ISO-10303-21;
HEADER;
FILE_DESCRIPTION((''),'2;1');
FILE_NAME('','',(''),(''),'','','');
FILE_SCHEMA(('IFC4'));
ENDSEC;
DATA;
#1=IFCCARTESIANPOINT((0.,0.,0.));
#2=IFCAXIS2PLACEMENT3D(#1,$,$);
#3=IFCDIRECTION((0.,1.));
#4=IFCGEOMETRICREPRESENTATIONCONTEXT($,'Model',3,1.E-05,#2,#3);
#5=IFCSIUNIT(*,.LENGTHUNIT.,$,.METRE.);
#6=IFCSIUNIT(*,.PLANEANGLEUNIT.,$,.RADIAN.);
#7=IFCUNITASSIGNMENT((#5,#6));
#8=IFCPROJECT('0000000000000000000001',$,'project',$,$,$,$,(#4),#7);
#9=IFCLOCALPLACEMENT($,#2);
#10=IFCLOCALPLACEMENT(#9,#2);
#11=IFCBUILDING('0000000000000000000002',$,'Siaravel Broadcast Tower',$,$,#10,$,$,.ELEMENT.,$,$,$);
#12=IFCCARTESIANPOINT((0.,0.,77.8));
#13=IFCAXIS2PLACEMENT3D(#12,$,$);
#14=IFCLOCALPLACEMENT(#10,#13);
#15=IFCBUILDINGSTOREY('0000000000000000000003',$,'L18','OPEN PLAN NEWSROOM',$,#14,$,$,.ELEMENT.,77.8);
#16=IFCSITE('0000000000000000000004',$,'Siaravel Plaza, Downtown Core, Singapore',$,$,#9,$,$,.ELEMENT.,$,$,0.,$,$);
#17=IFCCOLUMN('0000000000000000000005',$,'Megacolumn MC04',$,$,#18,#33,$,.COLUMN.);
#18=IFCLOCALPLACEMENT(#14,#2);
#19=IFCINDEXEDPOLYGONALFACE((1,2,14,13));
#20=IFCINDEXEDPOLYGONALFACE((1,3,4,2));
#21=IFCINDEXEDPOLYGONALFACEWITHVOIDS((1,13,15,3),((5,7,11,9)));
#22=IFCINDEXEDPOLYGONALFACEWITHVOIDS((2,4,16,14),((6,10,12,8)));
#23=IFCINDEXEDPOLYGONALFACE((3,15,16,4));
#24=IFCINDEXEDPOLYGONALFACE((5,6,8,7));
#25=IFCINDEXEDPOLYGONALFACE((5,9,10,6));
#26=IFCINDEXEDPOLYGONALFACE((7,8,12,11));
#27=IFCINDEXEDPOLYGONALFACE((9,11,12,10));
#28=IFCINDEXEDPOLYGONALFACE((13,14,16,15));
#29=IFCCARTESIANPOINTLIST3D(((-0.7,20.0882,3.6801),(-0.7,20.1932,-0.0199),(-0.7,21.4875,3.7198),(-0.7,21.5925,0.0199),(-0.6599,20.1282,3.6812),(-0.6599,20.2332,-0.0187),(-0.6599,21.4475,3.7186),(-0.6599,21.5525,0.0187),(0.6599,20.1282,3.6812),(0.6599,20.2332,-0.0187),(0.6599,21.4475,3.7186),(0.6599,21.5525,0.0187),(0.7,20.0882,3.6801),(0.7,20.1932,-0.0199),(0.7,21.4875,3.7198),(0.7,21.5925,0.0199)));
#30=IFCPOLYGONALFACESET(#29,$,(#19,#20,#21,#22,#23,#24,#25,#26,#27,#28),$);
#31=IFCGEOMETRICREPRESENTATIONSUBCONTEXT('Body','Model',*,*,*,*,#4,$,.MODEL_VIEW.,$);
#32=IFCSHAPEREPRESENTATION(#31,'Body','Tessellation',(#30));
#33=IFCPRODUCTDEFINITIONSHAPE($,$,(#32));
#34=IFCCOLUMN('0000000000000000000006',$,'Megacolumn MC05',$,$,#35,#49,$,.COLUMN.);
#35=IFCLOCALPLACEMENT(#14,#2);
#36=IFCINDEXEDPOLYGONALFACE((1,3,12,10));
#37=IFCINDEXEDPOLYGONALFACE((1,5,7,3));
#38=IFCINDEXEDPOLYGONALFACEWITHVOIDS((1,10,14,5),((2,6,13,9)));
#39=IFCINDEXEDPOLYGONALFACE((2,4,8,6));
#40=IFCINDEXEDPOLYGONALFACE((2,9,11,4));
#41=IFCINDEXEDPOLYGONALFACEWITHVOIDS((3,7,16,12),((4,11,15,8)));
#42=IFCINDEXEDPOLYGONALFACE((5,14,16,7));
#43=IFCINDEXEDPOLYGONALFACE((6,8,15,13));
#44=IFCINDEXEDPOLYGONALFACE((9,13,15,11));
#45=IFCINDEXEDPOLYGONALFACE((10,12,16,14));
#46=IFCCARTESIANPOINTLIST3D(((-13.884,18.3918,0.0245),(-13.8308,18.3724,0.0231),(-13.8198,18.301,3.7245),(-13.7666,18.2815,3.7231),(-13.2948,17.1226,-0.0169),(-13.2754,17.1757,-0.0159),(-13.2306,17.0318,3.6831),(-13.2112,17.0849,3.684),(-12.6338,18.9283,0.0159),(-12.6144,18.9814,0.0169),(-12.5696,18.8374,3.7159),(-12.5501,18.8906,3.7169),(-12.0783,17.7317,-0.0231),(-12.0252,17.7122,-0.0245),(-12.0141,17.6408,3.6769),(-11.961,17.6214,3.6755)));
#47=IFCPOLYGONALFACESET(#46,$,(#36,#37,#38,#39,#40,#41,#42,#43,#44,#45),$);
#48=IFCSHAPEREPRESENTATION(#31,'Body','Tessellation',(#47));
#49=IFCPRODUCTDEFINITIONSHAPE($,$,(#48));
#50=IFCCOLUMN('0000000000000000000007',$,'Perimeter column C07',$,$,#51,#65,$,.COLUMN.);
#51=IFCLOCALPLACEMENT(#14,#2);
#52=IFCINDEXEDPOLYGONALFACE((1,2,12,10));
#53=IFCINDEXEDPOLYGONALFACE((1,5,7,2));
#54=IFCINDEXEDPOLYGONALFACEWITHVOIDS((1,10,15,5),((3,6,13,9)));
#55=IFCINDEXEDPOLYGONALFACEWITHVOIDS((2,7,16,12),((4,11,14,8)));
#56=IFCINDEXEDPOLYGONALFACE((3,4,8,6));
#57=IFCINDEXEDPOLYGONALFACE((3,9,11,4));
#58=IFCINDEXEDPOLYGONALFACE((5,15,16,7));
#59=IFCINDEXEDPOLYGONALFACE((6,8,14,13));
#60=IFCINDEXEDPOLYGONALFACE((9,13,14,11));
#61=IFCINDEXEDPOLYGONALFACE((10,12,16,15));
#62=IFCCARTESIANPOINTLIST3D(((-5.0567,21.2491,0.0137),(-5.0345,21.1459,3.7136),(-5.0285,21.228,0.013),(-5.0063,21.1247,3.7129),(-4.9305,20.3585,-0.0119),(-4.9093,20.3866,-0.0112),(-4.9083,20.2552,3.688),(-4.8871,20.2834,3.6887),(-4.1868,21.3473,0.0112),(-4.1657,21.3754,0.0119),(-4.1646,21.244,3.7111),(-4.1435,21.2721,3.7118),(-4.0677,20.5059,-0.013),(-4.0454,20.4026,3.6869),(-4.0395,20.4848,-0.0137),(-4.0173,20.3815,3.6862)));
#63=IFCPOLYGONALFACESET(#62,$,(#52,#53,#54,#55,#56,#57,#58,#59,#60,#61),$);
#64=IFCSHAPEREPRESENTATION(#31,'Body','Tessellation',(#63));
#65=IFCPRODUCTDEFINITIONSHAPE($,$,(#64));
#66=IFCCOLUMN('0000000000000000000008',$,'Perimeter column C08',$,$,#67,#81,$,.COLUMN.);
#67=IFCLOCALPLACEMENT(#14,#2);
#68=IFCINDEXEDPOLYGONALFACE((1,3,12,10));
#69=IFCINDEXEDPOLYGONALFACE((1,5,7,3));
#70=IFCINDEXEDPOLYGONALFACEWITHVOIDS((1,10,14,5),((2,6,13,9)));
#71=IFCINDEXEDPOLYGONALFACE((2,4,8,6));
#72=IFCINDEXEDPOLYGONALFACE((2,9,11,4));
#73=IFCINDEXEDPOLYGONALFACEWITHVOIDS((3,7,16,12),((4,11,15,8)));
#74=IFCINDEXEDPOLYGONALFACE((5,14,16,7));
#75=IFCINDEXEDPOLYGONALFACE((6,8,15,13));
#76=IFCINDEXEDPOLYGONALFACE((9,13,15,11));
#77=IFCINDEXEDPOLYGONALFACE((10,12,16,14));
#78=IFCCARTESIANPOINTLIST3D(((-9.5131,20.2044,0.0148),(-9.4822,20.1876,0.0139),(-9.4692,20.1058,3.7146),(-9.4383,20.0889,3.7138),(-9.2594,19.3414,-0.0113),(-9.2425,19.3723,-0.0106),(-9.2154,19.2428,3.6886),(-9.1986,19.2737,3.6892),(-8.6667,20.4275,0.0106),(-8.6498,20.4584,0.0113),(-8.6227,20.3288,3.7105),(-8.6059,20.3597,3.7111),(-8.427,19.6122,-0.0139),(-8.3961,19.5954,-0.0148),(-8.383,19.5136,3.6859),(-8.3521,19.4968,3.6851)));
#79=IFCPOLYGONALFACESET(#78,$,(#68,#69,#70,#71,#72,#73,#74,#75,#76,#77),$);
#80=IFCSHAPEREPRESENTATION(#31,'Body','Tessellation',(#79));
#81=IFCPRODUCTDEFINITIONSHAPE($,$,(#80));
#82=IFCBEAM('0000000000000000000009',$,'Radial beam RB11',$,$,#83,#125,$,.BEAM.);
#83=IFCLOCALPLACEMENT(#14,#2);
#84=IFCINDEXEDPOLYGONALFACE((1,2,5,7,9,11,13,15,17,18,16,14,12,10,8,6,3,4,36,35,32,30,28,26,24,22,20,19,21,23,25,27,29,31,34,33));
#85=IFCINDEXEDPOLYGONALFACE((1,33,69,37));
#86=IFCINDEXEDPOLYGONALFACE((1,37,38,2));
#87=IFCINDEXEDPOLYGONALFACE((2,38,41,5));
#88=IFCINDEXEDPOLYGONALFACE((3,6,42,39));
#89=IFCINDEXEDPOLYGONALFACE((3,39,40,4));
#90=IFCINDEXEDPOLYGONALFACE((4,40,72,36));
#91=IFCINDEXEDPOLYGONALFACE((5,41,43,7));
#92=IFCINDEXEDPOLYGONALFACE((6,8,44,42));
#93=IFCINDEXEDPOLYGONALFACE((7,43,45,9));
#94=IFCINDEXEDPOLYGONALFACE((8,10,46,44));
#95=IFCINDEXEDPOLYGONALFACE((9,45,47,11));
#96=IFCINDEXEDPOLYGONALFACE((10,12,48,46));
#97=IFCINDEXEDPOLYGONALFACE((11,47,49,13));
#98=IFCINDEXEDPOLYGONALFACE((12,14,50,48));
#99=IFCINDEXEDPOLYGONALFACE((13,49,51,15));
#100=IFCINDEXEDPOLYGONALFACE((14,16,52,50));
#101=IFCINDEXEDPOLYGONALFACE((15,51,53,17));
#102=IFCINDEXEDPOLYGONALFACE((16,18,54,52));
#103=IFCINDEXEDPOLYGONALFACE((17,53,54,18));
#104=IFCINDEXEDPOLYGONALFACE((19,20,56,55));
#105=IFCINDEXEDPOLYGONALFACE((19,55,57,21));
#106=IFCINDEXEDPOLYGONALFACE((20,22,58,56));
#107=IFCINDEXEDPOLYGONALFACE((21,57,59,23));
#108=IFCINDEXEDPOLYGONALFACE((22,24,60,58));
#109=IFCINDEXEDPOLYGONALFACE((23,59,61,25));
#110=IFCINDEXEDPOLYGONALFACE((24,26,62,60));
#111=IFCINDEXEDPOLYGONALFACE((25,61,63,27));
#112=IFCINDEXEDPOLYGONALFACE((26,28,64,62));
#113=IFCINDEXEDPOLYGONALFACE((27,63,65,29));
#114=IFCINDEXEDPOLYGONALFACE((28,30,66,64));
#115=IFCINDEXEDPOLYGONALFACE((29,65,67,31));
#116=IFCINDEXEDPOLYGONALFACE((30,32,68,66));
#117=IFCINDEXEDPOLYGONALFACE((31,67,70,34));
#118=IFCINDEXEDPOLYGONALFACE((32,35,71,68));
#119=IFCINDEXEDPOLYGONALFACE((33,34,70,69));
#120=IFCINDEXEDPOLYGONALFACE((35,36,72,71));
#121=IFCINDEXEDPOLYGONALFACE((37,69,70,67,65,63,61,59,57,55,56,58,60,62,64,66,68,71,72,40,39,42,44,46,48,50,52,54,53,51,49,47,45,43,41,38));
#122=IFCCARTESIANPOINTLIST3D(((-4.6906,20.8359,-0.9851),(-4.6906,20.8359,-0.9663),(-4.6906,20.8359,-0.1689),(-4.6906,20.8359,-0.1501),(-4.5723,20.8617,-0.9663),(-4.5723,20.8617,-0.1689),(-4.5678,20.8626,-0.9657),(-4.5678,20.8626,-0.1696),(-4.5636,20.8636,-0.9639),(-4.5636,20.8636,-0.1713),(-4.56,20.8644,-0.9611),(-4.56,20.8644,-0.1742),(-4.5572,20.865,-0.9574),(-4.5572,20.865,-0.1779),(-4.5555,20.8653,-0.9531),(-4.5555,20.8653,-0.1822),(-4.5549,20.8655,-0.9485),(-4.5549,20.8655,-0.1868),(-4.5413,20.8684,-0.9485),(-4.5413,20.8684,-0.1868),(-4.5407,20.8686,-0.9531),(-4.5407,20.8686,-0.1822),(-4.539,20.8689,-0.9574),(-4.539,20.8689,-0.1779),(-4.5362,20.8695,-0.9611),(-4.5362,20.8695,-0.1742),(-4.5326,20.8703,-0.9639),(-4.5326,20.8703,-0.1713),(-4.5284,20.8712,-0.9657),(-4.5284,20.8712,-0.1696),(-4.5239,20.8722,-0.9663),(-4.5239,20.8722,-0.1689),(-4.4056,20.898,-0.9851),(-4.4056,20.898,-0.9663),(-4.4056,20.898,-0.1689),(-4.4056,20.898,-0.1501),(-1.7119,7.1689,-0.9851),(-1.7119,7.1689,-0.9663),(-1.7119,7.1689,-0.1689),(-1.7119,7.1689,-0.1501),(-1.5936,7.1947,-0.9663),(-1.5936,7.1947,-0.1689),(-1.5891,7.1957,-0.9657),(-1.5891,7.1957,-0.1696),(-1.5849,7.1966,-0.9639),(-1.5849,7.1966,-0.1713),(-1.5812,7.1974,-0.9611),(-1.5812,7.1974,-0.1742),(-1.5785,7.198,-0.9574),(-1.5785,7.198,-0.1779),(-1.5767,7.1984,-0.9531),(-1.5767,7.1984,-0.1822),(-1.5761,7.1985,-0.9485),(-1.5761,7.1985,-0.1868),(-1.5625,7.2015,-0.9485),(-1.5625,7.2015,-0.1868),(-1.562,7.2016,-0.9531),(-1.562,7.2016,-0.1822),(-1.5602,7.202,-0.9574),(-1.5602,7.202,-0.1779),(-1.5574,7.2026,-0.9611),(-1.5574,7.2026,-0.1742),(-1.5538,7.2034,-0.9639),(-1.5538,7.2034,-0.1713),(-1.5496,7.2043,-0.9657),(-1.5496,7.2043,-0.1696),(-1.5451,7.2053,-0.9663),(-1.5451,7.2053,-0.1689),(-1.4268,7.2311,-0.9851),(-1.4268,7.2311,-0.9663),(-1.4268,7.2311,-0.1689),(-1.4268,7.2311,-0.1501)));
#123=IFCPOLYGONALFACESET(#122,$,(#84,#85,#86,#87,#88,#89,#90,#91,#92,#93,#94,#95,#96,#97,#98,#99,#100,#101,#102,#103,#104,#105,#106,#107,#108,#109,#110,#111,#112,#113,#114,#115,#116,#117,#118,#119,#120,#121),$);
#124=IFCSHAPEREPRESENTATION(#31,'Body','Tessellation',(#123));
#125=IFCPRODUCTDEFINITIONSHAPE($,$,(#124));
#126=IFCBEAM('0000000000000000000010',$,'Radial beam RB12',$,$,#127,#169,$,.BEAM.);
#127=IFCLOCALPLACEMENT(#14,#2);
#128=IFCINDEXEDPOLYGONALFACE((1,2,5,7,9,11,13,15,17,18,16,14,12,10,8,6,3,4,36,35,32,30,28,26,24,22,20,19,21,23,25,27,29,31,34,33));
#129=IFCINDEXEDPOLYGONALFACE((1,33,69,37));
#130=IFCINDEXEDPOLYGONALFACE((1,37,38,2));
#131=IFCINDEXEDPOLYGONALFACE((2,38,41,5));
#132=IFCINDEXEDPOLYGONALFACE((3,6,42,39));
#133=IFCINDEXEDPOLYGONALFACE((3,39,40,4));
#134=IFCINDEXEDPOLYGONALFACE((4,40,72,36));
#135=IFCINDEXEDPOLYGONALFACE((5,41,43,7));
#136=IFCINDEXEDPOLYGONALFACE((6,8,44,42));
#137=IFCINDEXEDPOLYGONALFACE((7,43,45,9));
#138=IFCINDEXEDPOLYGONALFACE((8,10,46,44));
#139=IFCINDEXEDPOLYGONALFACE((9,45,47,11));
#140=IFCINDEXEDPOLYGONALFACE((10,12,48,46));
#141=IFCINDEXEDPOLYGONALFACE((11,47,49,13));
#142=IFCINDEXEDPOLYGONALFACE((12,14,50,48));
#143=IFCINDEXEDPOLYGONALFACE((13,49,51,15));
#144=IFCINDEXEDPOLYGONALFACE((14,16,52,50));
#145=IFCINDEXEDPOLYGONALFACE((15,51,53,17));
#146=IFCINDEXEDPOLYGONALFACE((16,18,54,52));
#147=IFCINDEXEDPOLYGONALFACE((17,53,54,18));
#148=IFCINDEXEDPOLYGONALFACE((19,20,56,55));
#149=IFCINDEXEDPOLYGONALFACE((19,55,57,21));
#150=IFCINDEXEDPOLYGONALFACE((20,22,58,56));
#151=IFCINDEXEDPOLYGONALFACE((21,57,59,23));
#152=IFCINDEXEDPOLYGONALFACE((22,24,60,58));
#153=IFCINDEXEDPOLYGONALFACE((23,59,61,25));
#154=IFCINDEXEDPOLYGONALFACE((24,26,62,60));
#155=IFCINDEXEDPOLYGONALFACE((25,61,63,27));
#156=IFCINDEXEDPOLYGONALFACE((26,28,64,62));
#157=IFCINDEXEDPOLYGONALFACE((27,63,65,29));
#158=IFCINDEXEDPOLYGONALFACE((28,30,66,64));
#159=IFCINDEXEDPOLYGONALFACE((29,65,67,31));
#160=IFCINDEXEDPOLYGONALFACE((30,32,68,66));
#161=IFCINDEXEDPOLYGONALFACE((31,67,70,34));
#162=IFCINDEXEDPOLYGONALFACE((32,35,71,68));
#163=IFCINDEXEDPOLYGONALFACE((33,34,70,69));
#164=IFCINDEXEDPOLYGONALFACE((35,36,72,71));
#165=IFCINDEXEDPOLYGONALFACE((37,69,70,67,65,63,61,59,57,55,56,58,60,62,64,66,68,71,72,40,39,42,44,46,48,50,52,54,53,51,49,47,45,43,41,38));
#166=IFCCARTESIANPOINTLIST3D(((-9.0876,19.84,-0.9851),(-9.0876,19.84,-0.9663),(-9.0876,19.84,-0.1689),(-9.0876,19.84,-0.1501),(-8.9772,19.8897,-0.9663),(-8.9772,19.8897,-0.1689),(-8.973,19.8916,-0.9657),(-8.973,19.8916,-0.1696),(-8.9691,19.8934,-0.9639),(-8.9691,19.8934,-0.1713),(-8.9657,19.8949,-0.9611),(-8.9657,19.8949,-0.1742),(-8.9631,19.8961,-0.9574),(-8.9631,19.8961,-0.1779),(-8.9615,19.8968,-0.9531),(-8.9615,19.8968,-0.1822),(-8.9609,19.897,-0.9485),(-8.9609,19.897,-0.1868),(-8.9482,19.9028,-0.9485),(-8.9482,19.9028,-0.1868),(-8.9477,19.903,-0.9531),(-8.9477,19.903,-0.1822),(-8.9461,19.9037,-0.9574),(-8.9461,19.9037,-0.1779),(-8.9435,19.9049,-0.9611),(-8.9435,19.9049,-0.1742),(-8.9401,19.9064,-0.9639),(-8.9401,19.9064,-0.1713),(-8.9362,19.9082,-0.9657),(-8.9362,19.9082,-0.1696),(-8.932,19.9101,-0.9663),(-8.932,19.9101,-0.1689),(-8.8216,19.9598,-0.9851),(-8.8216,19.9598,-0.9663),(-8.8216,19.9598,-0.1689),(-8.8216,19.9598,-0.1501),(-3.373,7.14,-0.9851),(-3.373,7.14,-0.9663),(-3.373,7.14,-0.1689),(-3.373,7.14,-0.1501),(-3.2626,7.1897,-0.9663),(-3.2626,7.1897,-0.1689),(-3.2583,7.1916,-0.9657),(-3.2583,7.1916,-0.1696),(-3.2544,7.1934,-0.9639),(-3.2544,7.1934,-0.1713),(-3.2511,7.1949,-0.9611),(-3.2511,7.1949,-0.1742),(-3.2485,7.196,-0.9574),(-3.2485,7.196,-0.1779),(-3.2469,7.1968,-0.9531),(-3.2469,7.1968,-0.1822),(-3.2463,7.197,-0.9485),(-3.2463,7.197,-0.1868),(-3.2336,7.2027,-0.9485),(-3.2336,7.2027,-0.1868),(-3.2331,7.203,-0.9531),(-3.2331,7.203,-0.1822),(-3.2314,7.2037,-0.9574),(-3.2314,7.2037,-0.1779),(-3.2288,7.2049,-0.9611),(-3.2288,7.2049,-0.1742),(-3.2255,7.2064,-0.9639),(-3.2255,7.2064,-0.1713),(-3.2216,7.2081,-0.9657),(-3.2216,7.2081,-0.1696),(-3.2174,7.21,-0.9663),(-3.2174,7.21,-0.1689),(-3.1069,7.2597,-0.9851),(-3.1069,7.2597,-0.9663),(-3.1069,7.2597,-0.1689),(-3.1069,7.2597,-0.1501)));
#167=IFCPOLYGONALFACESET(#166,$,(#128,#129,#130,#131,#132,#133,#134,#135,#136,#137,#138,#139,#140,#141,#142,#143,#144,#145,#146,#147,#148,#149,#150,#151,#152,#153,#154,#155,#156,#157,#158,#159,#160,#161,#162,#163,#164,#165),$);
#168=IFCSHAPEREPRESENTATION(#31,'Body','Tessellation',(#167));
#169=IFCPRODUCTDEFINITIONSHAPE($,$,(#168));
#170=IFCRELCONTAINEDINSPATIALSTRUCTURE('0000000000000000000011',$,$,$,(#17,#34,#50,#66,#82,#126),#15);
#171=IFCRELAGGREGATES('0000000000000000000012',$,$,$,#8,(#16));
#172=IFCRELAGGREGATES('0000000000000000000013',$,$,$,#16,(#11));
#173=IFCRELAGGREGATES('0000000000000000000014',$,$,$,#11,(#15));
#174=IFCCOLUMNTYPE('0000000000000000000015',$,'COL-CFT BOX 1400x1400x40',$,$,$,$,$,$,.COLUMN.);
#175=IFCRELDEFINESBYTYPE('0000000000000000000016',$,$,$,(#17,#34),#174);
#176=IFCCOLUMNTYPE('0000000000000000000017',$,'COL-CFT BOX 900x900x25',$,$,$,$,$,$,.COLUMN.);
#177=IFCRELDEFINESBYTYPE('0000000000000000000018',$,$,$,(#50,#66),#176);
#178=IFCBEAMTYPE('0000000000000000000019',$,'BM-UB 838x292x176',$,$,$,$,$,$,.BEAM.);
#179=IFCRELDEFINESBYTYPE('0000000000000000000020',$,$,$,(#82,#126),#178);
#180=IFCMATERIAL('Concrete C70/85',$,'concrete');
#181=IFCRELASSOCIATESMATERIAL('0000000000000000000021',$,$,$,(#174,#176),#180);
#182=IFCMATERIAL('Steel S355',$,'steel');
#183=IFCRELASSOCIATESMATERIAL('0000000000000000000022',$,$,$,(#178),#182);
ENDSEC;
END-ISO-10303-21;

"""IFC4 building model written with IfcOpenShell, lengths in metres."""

from ifc_helpers import new_model, si_unit, direction, frame, origin, origin_2d, place, context, subcontext, project, spatial, hollow_rectangle, i_section, extrude, material, material_profile, profile_set, type_object, element, save


model = new_model("IFC4")

# Units and contexts
model_context = context("Model", 3, precision=1e-05, world=origin(), true_north=direction((0.0, 1.0)))
body_context = subcontext(model_context, "Body", "Model", "MODEL_VIEW")
ifc_project = project(units=[si_unit("LENGTHUNIT", "METRE"), si_unit("PLANEANGLEUNIT", "RADIAN")], contexts=[model_context])

# Site, building, storey
site_placement = place(None, origin())
site = spatial("IfcSite", under=ifc_project, at=site_placement, Name="Siaravel Plaza, Downtown Core, Singapore", CompositionType="ELEMENT", RefElevation=0.0)
building_placement = place(site_placement, origin())
building = spatial("IfcBuilding", under=site, at=building_placement, Name="Siaravel Broadcast Tower", CompositionType="ELEMENT")
storey_placement = place(building_placement, frame((0.0, 0.0, 77.8)))
storey = spatial("IfcBuildingStorey", under=building, at=storey_placement, Name="L18", Description="OPEN PLAN NEWSROOM", CompositionType="ELEMENT", Elevation=77.8)

# Columns
ifc_material_1 = material(Name="Concrete C70/85", Category="concrete")
ifc_material_profile_1 = material_profile(ifc_material_1, hollow_rectangle(XDim=1.3999, YDim=1.3999, WallThickness=0.04, at=origin_2d()))
ifc_profile_set_1 = profile_set([ifc_material_profile_1], Name="Concrete C70/85")
column_type_1 = type_object("IfcColumnType", Name="COL-CFT BOX 1400x1400x40", PredefinedType="COLUMN", material=ifc_profile_set_1)
column_1_placement = place(storey_placement, frame((0.0, 20.8928, 0.0), z_axis=(0.0, -0.028362, 0.999598), x_axis=(1.0, 0.0, 0.0)))
element("IfcColumn", 1, at=column_1_placement, inside=storey, type_object=column_type_1, Name="Megacolumn MC04", PredefinedType="COLUMN", context=body_context, shape_type="SweptSolid", body=[
    extrude(hollow_rectangle(XDim=1.3999, YDim=1.3999, WallThickness=0.04, at=origin_2d()), origin(), (0.0, 0.0, 1.0), 3.7014),
])
column_2_placement = place(storey_placement, frame((-12.9546, 18.052, 0.0), z_axis=(0.017346, -0.024535, 0.999548), x_axis=(0.906954, 0.421195, -0.0054)))
element("IfcColumn", 2, at=column_2_placement, inside=storey, type_object=column_type_1, Name="Megacolumn MC05", PredefinedType="COLUMN", context=body_context, shape_type="SweptSolid", body=[
    extrude(hollow_rectangle(XDim=1.3999, YDim=1.3999, WallThickness=0.04, at=origin_2d()), origin(), (0.0, 0.0, 1.0), 3.7017),
])
ifc_material_profile_2 = material_profile(ifc_material_1, hollow_rectangle(XDim=0.8999, YDim=0.8999, WallThickness=0.0249, at=origin_2d()))
ifc_profile_set_2 = profile_set([ifc_material_profile_2], Name="Concrete C70/85")
column_type_2 = type_object("IfcColumnType", Name="COL-CFT BOX 900x900x25", PredefinedType="COLUMN", material=ifc_profile_set_2)
for number, where, z_axis, x_axis, name in (
    (3, (-4.5481, 20.8669, 0.0), (0.006002, -0.0279, 0.999593), (0.990106, 0.140307, -0.002029), "Perimeter column C07"),
    (4, (-8.9546, 19.8999, 0.0), (0.011872, -0.026647, 0.999574), (0.959345, 0.282211, -0.003871), "Perimeter column C08"),
):
    element("IfcColumn", number, at=place(storey_placement, frame(where, z_axis=z_axis, x_axis=x_axis)), inside=storey, type_object=column_type_2, Name=name, PredefinedType="COLUMN", context=body_context, shape_type="SweptSolid", body=[
        extrude(hollow_rectangle(XDim=0.8999, YDim=0.8999, WallThickness=0.0249, at=origin_2d()), origin(), (0.0, 0.0, 1.0), 3.7014),
    ])

# Beams
ifc_material_2 = material(Name="Steel S355", Category="steel")
ifc_material_profile_3 = material_profile(ifc_material_2, i_section(OverallWidth=0.2917, OverallDepth=0.835, WebThickness=0.0139, FlangeThickness=0.0188, FilletRadius=0.0178, at=origin_2d()))
ifc_profile_set_3 = profile_set([ifc_material_profile_3], Name="Steel S355")
beam_type = type_object("IfcBeamType", Name="BM-UB 838x292x176", PredefinedType="BEAM", material=ifc_profile_set_3)
beam_1_placement = place(storey_placement, frame((-4.5481, 20.8669, -0.5676), z_axis=(0.212954, -0.977062, 0.0), x_axis=(0.977062, 0.212954, 0.0)))
element("IfcBeam", 5, at=beam_1_placement, inside=storey, type_object=beam_type, Name="Radial beam RB11", PredefinedType="BEAM", context=body_context, shape_type="SweptSolid", body=[
    extrude(i_section(OverallWidth=0.2917, OverallDepth=0.835, WebThickness=0.0139, FlangeThickness=0.0188, FilletRadius=0.0178, at=origin_2d()), origin(), (0.0, 0.0, 1.0), 13.9878),
])
beam_2_placement = place(storey_placement, frame((-8.9546, 19.8999, -0.5676), z_axis=(0.410342, -0.911932, 0.0), x_axis=(0.911932, 0.410342, 0.0)))
element("IfcBeam", 6, at=beam_2_placement, inside=storey, type_object=beam_type, Name="Radial beam RB12", PredefinedType="BEAM", context=body_context, shape_type="SweptSolid", body=[
    extrude(i_section(OverallWidth=0.2917, OverallDepth=0.835, WebThickness=0.0139, FlangeThickness=0.0188, FilletRadius=0.0178, at=origin_2d()), origin(), (0.0, 0.0, 1.0), 13.9265),
])

save(model, "model.ifc")
